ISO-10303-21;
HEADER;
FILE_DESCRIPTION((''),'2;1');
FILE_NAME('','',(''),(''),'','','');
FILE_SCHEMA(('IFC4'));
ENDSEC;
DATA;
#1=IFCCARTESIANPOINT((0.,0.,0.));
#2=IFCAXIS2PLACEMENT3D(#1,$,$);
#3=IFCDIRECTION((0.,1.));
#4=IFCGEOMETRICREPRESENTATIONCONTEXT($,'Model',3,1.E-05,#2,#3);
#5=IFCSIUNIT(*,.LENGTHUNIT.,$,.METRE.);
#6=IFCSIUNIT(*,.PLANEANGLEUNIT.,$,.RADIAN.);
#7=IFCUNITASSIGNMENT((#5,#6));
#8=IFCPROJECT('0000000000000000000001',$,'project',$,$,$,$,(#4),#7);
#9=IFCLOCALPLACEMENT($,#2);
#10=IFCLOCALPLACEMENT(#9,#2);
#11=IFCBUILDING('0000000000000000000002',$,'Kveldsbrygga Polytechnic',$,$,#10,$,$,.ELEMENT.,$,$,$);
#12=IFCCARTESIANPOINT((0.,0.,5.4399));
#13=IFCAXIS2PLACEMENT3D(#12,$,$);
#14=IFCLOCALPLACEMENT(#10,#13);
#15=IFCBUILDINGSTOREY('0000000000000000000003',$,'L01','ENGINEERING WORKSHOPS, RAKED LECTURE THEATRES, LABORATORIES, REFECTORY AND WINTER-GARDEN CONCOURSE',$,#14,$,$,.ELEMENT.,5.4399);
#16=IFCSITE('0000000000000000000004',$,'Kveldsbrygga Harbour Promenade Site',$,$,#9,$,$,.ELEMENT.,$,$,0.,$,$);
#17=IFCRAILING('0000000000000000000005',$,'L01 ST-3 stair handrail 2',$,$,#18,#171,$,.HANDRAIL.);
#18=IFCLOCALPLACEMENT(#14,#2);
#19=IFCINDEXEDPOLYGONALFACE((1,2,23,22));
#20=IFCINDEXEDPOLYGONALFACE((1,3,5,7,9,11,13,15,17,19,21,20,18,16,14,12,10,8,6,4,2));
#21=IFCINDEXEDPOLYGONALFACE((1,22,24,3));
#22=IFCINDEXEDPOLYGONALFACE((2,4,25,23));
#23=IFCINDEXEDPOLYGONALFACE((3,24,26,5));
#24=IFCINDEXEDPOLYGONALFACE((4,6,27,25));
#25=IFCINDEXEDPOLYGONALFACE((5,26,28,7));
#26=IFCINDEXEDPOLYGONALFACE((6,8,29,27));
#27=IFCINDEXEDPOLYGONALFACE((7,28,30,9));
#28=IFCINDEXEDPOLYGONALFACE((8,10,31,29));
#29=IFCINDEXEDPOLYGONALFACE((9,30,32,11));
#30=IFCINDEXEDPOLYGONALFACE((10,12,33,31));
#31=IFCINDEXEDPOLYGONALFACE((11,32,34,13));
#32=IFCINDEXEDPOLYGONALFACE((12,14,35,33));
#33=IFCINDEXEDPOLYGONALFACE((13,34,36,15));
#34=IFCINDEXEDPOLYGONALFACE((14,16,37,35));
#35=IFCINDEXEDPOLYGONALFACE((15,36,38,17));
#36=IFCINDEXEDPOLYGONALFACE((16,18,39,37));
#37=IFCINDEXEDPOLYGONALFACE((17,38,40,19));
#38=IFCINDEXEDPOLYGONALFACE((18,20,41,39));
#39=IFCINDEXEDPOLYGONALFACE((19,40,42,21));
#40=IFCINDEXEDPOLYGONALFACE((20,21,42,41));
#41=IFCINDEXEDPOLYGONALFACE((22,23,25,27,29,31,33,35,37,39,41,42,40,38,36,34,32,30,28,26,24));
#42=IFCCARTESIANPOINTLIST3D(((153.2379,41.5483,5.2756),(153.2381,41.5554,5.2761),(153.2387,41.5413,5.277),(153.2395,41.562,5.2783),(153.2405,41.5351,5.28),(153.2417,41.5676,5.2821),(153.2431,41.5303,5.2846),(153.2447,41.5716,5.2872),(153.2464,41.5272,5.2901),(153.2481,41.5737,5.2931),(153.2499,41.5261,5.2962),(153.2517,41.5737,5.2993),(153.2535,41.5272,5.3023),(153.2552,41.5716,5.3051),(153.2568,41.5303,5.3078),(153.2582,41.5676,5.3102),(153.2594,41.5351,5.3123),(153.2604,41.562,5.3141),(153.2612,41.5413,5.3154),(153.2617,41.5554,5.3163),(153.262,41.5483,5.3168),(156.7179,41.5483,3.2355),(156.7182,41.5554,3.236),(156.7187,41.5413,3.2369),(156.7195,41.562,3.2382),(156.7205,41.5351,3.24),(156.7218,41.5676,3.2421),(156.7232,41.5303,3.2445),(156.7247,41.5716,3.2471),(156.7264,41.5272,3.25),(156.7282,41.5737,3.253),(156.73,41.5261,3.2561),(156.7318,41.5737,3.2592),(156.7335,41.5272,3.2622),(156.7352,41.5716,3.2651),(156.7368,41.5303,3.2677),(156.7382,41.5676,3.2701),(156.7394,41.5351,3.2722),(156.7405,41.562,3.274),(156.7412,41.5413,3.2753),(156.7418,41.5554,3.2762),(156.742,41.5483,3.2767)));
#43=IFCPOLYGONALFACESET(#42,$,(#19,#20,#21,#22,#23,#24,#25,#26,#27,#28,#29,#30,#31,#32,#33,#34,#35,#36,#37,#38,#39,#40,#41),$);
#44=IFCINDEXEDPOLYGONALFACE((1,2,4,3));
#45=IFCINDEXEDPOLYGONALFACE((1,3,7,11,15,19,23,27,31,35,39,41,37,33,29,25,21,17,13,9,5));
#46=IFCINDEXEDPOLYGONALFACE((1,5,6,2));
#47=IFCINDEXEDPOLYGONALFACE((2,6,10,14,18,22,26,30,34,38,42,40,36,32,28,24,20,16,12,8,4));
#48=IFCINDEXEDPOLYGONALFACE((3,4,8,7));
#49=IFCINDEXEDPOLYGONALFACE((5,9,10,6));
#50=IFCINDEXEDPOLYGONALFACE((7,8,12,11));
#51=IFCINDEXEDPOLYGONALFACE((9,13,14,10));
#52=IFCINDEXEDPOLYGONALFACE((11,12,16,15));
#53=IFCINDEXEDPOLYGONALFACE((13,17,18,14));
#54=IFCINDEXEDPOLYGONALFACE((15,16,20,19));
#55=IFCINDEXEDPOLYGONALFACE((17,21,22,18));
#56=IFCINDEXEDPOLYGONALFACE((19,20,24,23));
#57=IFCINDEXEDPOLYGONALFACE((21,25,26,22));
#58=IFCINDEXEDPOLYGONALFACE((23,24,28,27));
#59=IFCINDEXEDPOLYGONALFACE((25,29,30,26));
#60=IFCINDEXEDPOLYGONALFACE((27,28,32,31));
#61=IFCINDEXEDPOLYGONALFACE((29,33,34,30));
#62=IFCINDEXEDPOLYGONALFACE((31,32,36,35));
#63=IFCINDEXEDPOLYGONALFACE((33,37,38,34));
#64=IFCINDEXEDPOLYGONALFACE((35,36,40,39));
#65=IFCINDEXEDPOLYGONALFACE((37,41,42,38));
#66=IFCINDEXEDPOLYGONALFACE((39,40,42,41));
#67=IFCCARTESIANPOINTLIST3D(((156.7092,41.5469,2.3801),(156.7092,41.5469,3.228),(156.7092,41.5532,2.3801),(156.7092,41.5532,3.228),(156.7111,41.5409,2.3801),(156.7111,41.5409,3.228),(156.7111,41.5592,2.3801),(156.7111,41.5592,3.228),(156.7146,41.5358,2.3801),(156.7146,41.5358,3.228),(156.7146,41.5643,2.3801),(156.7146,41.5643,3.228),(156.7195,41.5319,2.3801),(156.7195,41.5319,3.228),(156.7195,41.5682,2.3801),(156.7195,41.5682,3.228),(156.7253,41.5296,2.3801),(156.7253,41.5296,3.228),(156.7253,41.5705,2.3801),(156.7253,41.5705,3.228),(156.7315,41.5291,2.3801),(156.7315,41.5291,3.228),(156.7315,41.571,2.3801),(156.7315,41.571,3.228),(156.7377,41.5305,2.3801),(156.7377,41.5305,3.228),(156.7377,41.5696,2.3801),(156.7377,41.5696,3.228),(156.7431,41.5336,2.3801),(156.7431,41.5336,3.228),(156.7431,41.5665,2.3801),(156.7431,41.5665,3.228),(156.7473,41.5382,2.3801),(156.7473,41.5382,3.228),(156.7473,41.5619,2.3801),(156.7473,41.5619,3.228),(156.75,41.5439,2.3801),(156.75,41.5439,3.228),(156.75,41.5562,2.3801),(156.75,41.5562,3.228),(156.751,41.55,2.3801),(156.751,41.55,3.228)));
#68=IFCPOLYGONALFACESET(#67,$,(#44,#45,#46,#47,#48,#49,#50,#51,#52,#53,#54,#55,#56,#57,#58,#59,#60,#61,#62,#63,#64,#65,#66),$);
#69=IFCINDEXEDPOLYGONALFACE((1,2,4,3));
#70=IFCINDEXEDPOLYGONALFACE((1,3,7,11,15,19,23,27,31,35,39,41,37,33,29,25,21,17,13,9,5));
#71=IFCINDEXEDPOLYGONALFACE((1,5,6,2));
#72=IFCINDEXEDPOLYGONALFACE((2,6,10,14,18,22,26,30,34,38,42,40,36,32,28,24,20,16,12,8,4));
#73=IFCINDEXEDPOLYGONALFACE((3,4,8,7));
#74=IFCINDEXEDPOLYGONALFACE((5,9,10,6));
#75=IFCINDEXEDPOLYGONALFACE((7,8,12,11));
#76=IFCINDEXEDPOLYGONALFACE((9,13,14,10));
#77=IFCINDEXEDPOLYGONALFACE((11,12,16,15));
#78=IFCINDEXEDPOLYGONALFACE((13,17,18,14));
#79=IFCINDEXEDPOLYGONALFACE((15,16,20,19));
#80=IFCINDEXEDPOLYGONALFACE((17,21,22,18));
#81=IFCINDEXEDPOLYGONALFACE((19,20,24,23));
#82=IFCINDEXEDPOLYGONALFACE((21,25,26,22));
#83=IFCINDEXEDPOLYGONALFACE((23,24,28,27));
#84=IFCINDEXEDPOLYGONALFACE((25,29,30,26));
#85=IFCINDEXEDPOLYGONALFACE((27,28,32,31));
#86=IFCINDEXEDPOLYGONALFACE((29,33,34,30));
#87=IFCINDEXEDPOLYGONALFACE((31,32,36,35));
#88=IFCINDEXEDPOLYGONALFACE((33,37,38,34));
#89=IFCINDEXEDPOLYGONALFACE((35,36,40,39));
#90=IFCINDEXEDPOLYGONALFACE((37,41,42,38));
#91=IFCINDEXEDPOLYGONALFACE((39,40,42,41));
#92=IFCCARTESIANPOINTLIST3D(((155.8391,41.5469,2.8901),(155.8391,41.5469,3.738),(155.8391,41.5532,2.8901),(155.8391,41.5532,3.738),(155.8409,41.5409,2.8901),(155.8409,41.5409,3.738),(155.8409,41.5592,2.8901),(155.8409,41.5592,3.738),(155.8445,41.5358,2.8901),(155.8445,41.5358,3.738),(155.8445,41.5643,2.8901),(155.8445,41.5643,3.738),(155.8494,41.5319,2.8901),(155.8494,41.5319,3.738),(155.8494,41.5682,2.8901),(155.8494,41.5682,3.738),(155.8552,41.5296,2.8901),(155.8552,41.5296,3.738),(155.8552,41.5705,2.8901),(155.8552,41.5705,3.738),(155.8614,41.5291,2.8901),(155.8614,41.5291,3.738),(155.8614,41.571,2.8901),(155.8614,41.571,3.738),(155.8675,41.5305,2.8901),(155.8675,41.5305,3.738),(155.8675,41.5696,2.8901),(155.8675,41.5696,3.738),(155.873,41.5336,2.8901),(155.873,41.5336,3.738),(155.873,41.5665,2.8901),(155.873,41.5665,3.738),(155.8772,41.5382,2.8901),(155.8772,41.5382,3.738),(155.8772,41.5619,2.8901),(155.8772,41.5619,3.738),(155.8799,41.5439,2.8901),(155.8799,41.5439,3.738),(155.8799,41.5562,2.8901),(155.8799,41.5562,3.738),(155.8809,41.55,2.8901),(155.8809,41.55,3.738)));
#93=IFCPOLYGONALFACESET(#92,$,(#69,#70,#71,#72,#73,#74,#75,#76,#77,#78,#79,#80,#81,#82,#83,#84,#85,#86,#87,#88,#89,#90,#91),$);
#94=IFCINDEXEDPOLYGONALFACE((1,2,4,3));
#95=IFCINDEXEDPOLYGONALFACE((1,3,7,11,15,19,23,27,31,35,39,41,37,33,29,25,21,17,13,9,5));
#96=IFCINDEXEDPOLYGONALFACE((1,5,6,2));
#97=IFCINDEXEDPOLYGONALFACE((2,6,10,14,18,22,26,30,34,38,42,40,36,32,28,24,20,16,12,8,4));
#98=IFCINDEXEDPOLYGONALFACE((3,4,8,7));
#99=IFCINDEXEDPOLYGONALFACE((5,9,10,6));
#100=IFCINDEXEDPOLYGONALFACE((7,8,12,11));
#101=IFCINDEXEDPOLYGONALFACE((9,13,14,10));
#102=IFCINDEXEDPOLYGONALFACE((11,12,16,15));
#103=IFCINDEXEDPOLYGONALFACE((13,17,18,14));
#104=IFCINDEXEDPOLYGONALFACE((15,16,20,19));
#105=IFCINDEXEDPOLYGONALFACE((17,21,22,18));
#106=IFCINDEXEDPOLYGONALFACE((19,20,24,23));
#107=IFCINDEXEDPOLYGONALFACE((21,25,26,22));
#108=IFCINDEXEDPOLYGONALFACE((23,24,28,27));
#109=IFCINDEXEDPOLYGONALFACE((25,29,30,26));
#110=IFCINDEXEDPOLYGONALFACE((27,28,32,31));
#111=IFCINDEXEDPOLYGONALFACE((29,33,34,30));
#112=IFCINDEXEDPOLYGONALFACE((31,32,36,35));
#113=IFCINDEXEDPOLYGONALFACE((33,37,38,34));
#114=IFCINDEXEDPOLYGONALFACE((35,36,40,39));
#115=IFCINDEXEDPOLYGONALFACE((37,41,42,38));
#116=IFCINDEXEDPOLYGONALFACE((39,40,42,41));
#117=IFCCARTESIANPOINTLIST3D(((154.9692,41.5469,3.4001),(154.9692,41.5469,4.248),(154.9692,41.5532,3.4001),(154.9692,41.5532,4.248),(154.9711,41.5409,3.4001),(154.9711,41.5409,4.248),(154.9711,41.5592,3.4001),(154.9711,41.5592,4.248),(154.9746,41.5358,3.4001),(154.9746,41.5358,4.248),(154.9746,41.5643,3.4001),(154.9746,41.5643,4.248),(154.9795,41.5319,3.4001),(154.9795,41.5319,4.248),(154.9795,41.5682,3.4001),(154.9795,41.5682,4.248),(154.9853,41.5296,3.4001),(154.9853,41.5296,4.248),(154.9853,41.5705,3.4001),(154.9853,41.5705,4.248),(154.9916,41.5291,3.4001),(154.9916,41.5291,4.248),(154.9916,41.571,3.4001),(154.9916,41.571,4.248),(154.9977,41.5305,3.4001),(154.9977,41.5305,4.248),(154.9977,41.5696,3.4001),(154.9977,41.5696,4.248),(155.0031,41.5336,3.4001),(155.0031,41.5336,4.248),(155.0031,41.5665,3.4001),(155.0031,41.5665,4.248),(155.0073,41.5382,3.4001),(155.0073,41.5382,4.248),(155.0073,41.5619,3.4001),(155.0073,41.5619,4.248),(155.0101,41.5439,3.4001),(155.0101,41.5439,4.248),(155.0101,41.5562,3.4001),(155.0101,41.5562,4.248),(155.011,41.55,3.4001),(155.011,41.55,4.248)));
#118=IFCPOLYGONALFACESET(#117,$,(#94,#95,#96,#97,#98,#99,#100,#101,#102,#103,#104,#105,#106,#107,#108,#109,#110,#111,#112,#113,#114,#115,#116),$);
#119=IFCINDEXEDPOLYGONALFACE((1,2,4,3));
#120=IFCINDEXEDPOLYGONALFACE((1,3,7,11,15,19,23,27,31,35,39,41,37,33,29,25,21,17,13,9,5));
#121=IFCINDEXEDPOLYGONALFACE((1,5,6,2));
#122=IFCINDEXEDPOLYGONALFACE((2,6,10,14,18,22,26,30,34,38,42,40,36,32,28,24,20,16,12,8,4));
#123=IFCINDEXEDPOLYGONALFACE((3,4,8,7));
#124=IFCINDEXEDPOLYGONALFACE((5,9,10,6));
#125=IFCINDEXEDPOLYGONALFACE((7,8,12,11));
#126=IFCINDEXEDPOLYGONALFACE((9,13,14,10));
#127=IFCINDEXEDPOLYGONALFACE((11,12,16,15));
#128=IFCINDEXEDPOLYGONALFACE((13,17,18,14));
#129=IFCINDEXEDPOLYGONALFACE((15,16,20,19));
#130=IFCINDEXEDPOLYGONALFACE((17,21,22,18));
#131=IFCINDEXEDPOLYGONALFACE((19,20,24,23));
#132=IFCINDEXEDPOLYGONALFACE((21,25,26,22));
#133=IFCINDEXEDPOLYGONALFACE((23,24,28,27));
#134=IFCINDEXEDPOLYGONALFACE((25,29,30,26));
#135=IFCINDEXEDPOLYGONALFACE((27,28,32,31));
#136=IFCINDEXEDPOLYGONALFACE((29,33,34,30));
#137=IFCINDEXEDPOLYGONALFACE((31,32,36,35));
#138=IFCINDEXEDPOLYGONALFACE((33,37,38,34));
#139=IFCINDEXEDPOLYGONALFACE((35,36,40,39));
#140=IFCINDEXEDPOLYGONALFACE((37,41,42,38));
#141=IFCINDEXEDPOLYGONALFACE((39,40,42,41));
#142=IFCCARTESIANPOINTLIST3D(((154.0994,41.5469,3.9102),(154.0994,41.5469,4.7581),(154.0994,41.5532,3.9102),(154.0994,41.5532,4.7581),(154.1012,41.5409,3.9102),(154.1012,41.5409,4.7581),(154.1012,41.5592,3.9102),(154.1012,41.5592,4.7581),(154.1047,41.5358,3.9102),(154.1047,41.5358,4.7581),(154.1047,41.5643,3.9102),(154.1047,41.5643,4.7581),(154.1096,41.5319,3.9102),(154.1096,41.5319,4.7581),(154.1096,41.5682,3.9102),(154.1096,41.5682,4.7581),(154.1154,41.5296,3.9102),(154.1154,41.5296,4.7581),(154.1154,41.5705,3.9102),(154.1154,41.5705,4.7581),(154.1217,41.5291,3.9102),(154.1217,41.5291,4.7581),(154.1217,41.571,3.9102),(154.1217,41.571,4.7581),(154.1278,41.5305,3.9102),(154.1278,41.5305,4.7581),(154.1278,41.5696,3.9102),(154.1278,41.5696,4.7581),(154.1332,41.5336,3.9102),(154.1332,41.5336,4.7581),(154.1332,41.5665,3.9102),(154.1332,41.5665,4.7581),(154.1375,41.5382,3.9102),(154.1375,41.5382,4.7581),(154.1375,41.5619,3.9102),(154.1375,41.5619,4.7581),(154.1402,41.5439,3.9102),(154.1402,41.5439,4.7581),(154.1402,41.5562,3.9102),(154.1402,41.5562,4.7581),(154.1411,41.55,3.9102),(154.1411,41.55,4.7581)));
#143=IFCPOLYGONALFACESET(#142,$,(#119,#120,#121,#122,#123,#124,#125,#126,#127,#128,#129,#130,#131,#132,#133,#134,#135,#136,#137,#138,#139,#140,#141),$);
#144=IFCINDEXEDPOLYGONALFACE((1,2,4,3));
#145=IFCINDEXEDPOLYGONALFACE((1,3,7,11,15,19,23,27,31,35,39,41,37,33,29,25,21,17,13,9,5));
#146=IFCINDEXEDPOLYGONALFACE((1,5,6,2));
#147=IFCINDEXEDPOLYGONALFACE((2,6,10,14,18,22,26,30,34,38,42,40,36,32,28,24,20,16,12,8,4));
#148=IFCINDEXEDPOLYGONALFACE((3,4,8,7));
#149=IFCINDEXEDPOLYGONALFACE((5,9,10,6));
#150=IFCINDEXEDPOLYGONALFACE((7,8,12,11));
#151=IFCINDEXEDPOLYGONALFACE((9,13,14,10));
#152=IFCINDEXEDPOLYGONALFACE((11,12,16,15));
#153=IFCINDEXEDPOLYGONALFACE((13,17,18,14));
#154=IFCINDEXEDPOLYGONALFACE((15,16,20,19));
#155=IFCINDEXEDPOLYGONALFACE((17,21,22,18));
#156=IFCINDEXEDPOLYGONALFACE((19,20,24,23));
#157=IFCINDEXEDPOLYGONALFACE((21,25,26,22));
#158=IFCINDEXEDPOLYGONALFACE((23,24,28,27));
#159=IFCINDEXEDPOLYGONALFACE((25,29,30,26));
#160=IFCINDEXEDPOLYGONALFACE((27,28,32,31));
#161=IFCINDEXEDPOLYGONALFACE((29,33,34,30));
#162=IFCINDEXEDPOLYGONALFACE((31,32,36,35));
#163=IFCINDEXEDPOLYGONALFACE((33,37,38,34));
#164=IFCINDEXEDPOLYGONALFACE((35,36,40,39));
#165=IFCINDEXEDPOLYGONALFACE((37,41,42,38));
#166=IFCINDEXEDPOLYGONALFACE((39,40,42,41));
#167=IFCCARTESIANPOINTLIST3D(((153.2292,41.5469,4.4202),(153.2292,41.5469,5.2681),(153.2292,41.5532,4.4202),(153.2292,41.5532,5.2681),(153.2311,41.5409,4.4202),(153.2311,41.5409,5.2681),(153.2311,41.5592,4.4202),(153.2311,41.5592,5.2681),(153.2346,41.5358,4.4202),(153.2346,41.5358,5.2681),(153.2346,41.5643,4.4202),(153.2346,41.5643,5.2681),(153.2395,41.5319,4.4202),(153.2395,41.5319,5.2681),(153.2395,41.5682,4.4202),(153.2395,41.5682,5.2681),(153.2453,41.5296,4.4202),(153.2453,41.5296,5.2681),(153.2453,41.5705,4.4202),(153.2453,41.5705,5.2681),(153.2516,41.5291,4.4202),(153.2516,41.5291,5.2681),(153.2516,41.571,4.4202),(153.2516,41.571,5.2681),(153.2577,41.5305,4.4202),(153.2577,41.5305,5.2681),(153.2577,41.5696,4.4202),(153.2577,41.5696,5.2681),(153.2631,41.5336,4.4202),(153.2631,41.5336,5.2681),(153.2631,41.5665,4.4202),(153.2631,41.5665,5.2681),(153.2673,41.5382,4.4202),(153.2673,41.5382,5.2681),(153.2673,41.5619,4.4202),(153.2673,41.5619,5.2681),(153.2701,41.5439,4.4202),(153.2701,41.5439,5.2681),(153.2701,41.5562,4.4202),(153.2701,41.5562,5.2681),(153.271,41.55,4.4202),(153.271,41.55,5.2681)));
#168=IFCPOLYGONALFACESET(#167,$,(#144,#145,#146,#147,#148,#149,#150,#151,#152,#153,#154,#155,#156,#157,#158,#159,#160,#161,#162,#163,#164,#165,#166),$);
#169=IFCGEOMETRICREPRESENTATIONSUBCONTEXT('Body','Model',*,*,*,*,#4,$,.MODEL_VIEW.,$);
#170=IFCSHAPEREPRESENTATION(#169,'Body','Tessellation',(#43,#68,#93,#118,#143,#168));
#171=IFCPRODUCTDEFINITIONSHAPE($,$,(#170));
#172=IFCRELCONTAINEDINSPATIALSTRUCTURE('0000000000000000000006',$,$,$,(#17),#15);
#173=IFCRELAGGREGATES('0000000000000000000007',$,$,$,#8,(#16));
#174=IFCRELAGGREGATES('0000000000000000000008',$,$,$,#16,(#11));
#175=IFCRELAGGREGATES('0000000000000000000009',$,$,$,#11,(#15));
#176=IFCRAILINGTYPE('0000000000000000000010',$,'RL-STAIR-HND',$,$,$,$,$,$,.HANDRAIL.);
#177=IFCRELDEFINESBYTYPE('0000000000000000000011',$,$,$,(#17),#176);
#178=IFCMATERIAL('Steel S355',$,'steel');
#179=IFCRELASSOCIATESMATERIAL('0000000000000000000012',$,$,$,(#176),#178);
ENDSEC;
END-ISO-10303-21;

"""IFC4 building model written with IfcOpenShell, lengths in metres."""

from ifc_helpers import new_model, si_unit, direction, frame, origin, origin_2d, place, context, subcontext, project, spatial, circle, extrude, material, type_object, element, save


model = new_model("IFC4")

# Units and contexts
model_context = context("Model", 3, precision=1e-05, world=origin(), true_north=direction((0.0, 1.0)))
body_context = subcontext(model_context, "Body", "Model", "MODEL_VIEW")
ifc_project = project(units=[si_unit("LENGTHUNIT", "METRE"), si_unit("PLANEANGLEUNIT", "RADIAN")], contexts=[model_context])

# Site, building, storey
site_placement = place(None, origin())
site = spatial("IfcSite", under=ifc_project, at=site_placement, Name="Kveldsbrygga Harbour Promenade Site", CompositionType="ELEMENT", RefElevation=0.0)
building_placement = place(site_placement, origin())
building = spatial("IfcBuilding", under=site, at=building_placement, Name="Kveldsbrygga Polytechnic", CompositionType="ELEMENT")
storey_placement = place(building_placement, frame((0.0, 0.0, 5.4399)))
storey = spatial("IfcBuildingStorey", under=building, at=storey_placement, Name="L01", Description="ENGINEERING WORKSHOPS, RAKED LECTURE THEATRES, LABORATORIES, REFECTORY AND WINTER-GARDEN CONCOURSE", CompositionType="ELEMENT", Elevation=5.4399)

# Shared definitions
ifc_material_1 = material(Name="Steel S355", Category="steel")

# Railing
railing_type_1 = type_object("IfcRailingType", Name="RL-STAIR-HND", PredefinedType="HANDRAIL", material=ifc_material_1)
railing_1_placement = place(storey_placement, frame((156.73, 41.55, 2.3801)))
element("IfcRailing", 1, at=railing_1_placement, inside=storey, type_object=railing_type_1, Name="L01 ST-3 stair handrail 2", PredefinedType="HANDRAIL", context=body_context, shape_type="SweptSolid", body=[
    extrude(circle(Radius=0.0239, at=origin_2d()), frame((0.0, 0.0, 0.876), z_axis=(-0.862693, 0.0, 0.505729), x_axis=(0.0, -1.0, 0.0)), (0.0, 0.0, 1.0), 4.0339),
    extrude(circle(Radius=0.021, at=origin_2d()), origin(), (0.0, 0.0, 1.0), 0.8479),
    extrude(circle(Radius=0.021, at=origin_2d()), frame((-0.8701, 0.0, 0.51)), (0.0, 0.0, 1.0), 0.8479),
    extrude(circle(Radius=0.021, at=origin_2d()), frame((-1.74, 0.0, 1.02)), (0.0, 0.0, 1.0), 0.8479),
    extrude(circle(Radius=0.021, at=origin_2d()), frame((-2.6099, 0.0, 1.53)), (0.0, 0.0, 1.0), 0.8479),
    extrude(circle(Radius=0.021, at=origin_2d()), frame((-3.48, 0.0, 2.04)), (0.0, 0.0, 1.0), 0.8479),
])

save(model, "model.ifc")
